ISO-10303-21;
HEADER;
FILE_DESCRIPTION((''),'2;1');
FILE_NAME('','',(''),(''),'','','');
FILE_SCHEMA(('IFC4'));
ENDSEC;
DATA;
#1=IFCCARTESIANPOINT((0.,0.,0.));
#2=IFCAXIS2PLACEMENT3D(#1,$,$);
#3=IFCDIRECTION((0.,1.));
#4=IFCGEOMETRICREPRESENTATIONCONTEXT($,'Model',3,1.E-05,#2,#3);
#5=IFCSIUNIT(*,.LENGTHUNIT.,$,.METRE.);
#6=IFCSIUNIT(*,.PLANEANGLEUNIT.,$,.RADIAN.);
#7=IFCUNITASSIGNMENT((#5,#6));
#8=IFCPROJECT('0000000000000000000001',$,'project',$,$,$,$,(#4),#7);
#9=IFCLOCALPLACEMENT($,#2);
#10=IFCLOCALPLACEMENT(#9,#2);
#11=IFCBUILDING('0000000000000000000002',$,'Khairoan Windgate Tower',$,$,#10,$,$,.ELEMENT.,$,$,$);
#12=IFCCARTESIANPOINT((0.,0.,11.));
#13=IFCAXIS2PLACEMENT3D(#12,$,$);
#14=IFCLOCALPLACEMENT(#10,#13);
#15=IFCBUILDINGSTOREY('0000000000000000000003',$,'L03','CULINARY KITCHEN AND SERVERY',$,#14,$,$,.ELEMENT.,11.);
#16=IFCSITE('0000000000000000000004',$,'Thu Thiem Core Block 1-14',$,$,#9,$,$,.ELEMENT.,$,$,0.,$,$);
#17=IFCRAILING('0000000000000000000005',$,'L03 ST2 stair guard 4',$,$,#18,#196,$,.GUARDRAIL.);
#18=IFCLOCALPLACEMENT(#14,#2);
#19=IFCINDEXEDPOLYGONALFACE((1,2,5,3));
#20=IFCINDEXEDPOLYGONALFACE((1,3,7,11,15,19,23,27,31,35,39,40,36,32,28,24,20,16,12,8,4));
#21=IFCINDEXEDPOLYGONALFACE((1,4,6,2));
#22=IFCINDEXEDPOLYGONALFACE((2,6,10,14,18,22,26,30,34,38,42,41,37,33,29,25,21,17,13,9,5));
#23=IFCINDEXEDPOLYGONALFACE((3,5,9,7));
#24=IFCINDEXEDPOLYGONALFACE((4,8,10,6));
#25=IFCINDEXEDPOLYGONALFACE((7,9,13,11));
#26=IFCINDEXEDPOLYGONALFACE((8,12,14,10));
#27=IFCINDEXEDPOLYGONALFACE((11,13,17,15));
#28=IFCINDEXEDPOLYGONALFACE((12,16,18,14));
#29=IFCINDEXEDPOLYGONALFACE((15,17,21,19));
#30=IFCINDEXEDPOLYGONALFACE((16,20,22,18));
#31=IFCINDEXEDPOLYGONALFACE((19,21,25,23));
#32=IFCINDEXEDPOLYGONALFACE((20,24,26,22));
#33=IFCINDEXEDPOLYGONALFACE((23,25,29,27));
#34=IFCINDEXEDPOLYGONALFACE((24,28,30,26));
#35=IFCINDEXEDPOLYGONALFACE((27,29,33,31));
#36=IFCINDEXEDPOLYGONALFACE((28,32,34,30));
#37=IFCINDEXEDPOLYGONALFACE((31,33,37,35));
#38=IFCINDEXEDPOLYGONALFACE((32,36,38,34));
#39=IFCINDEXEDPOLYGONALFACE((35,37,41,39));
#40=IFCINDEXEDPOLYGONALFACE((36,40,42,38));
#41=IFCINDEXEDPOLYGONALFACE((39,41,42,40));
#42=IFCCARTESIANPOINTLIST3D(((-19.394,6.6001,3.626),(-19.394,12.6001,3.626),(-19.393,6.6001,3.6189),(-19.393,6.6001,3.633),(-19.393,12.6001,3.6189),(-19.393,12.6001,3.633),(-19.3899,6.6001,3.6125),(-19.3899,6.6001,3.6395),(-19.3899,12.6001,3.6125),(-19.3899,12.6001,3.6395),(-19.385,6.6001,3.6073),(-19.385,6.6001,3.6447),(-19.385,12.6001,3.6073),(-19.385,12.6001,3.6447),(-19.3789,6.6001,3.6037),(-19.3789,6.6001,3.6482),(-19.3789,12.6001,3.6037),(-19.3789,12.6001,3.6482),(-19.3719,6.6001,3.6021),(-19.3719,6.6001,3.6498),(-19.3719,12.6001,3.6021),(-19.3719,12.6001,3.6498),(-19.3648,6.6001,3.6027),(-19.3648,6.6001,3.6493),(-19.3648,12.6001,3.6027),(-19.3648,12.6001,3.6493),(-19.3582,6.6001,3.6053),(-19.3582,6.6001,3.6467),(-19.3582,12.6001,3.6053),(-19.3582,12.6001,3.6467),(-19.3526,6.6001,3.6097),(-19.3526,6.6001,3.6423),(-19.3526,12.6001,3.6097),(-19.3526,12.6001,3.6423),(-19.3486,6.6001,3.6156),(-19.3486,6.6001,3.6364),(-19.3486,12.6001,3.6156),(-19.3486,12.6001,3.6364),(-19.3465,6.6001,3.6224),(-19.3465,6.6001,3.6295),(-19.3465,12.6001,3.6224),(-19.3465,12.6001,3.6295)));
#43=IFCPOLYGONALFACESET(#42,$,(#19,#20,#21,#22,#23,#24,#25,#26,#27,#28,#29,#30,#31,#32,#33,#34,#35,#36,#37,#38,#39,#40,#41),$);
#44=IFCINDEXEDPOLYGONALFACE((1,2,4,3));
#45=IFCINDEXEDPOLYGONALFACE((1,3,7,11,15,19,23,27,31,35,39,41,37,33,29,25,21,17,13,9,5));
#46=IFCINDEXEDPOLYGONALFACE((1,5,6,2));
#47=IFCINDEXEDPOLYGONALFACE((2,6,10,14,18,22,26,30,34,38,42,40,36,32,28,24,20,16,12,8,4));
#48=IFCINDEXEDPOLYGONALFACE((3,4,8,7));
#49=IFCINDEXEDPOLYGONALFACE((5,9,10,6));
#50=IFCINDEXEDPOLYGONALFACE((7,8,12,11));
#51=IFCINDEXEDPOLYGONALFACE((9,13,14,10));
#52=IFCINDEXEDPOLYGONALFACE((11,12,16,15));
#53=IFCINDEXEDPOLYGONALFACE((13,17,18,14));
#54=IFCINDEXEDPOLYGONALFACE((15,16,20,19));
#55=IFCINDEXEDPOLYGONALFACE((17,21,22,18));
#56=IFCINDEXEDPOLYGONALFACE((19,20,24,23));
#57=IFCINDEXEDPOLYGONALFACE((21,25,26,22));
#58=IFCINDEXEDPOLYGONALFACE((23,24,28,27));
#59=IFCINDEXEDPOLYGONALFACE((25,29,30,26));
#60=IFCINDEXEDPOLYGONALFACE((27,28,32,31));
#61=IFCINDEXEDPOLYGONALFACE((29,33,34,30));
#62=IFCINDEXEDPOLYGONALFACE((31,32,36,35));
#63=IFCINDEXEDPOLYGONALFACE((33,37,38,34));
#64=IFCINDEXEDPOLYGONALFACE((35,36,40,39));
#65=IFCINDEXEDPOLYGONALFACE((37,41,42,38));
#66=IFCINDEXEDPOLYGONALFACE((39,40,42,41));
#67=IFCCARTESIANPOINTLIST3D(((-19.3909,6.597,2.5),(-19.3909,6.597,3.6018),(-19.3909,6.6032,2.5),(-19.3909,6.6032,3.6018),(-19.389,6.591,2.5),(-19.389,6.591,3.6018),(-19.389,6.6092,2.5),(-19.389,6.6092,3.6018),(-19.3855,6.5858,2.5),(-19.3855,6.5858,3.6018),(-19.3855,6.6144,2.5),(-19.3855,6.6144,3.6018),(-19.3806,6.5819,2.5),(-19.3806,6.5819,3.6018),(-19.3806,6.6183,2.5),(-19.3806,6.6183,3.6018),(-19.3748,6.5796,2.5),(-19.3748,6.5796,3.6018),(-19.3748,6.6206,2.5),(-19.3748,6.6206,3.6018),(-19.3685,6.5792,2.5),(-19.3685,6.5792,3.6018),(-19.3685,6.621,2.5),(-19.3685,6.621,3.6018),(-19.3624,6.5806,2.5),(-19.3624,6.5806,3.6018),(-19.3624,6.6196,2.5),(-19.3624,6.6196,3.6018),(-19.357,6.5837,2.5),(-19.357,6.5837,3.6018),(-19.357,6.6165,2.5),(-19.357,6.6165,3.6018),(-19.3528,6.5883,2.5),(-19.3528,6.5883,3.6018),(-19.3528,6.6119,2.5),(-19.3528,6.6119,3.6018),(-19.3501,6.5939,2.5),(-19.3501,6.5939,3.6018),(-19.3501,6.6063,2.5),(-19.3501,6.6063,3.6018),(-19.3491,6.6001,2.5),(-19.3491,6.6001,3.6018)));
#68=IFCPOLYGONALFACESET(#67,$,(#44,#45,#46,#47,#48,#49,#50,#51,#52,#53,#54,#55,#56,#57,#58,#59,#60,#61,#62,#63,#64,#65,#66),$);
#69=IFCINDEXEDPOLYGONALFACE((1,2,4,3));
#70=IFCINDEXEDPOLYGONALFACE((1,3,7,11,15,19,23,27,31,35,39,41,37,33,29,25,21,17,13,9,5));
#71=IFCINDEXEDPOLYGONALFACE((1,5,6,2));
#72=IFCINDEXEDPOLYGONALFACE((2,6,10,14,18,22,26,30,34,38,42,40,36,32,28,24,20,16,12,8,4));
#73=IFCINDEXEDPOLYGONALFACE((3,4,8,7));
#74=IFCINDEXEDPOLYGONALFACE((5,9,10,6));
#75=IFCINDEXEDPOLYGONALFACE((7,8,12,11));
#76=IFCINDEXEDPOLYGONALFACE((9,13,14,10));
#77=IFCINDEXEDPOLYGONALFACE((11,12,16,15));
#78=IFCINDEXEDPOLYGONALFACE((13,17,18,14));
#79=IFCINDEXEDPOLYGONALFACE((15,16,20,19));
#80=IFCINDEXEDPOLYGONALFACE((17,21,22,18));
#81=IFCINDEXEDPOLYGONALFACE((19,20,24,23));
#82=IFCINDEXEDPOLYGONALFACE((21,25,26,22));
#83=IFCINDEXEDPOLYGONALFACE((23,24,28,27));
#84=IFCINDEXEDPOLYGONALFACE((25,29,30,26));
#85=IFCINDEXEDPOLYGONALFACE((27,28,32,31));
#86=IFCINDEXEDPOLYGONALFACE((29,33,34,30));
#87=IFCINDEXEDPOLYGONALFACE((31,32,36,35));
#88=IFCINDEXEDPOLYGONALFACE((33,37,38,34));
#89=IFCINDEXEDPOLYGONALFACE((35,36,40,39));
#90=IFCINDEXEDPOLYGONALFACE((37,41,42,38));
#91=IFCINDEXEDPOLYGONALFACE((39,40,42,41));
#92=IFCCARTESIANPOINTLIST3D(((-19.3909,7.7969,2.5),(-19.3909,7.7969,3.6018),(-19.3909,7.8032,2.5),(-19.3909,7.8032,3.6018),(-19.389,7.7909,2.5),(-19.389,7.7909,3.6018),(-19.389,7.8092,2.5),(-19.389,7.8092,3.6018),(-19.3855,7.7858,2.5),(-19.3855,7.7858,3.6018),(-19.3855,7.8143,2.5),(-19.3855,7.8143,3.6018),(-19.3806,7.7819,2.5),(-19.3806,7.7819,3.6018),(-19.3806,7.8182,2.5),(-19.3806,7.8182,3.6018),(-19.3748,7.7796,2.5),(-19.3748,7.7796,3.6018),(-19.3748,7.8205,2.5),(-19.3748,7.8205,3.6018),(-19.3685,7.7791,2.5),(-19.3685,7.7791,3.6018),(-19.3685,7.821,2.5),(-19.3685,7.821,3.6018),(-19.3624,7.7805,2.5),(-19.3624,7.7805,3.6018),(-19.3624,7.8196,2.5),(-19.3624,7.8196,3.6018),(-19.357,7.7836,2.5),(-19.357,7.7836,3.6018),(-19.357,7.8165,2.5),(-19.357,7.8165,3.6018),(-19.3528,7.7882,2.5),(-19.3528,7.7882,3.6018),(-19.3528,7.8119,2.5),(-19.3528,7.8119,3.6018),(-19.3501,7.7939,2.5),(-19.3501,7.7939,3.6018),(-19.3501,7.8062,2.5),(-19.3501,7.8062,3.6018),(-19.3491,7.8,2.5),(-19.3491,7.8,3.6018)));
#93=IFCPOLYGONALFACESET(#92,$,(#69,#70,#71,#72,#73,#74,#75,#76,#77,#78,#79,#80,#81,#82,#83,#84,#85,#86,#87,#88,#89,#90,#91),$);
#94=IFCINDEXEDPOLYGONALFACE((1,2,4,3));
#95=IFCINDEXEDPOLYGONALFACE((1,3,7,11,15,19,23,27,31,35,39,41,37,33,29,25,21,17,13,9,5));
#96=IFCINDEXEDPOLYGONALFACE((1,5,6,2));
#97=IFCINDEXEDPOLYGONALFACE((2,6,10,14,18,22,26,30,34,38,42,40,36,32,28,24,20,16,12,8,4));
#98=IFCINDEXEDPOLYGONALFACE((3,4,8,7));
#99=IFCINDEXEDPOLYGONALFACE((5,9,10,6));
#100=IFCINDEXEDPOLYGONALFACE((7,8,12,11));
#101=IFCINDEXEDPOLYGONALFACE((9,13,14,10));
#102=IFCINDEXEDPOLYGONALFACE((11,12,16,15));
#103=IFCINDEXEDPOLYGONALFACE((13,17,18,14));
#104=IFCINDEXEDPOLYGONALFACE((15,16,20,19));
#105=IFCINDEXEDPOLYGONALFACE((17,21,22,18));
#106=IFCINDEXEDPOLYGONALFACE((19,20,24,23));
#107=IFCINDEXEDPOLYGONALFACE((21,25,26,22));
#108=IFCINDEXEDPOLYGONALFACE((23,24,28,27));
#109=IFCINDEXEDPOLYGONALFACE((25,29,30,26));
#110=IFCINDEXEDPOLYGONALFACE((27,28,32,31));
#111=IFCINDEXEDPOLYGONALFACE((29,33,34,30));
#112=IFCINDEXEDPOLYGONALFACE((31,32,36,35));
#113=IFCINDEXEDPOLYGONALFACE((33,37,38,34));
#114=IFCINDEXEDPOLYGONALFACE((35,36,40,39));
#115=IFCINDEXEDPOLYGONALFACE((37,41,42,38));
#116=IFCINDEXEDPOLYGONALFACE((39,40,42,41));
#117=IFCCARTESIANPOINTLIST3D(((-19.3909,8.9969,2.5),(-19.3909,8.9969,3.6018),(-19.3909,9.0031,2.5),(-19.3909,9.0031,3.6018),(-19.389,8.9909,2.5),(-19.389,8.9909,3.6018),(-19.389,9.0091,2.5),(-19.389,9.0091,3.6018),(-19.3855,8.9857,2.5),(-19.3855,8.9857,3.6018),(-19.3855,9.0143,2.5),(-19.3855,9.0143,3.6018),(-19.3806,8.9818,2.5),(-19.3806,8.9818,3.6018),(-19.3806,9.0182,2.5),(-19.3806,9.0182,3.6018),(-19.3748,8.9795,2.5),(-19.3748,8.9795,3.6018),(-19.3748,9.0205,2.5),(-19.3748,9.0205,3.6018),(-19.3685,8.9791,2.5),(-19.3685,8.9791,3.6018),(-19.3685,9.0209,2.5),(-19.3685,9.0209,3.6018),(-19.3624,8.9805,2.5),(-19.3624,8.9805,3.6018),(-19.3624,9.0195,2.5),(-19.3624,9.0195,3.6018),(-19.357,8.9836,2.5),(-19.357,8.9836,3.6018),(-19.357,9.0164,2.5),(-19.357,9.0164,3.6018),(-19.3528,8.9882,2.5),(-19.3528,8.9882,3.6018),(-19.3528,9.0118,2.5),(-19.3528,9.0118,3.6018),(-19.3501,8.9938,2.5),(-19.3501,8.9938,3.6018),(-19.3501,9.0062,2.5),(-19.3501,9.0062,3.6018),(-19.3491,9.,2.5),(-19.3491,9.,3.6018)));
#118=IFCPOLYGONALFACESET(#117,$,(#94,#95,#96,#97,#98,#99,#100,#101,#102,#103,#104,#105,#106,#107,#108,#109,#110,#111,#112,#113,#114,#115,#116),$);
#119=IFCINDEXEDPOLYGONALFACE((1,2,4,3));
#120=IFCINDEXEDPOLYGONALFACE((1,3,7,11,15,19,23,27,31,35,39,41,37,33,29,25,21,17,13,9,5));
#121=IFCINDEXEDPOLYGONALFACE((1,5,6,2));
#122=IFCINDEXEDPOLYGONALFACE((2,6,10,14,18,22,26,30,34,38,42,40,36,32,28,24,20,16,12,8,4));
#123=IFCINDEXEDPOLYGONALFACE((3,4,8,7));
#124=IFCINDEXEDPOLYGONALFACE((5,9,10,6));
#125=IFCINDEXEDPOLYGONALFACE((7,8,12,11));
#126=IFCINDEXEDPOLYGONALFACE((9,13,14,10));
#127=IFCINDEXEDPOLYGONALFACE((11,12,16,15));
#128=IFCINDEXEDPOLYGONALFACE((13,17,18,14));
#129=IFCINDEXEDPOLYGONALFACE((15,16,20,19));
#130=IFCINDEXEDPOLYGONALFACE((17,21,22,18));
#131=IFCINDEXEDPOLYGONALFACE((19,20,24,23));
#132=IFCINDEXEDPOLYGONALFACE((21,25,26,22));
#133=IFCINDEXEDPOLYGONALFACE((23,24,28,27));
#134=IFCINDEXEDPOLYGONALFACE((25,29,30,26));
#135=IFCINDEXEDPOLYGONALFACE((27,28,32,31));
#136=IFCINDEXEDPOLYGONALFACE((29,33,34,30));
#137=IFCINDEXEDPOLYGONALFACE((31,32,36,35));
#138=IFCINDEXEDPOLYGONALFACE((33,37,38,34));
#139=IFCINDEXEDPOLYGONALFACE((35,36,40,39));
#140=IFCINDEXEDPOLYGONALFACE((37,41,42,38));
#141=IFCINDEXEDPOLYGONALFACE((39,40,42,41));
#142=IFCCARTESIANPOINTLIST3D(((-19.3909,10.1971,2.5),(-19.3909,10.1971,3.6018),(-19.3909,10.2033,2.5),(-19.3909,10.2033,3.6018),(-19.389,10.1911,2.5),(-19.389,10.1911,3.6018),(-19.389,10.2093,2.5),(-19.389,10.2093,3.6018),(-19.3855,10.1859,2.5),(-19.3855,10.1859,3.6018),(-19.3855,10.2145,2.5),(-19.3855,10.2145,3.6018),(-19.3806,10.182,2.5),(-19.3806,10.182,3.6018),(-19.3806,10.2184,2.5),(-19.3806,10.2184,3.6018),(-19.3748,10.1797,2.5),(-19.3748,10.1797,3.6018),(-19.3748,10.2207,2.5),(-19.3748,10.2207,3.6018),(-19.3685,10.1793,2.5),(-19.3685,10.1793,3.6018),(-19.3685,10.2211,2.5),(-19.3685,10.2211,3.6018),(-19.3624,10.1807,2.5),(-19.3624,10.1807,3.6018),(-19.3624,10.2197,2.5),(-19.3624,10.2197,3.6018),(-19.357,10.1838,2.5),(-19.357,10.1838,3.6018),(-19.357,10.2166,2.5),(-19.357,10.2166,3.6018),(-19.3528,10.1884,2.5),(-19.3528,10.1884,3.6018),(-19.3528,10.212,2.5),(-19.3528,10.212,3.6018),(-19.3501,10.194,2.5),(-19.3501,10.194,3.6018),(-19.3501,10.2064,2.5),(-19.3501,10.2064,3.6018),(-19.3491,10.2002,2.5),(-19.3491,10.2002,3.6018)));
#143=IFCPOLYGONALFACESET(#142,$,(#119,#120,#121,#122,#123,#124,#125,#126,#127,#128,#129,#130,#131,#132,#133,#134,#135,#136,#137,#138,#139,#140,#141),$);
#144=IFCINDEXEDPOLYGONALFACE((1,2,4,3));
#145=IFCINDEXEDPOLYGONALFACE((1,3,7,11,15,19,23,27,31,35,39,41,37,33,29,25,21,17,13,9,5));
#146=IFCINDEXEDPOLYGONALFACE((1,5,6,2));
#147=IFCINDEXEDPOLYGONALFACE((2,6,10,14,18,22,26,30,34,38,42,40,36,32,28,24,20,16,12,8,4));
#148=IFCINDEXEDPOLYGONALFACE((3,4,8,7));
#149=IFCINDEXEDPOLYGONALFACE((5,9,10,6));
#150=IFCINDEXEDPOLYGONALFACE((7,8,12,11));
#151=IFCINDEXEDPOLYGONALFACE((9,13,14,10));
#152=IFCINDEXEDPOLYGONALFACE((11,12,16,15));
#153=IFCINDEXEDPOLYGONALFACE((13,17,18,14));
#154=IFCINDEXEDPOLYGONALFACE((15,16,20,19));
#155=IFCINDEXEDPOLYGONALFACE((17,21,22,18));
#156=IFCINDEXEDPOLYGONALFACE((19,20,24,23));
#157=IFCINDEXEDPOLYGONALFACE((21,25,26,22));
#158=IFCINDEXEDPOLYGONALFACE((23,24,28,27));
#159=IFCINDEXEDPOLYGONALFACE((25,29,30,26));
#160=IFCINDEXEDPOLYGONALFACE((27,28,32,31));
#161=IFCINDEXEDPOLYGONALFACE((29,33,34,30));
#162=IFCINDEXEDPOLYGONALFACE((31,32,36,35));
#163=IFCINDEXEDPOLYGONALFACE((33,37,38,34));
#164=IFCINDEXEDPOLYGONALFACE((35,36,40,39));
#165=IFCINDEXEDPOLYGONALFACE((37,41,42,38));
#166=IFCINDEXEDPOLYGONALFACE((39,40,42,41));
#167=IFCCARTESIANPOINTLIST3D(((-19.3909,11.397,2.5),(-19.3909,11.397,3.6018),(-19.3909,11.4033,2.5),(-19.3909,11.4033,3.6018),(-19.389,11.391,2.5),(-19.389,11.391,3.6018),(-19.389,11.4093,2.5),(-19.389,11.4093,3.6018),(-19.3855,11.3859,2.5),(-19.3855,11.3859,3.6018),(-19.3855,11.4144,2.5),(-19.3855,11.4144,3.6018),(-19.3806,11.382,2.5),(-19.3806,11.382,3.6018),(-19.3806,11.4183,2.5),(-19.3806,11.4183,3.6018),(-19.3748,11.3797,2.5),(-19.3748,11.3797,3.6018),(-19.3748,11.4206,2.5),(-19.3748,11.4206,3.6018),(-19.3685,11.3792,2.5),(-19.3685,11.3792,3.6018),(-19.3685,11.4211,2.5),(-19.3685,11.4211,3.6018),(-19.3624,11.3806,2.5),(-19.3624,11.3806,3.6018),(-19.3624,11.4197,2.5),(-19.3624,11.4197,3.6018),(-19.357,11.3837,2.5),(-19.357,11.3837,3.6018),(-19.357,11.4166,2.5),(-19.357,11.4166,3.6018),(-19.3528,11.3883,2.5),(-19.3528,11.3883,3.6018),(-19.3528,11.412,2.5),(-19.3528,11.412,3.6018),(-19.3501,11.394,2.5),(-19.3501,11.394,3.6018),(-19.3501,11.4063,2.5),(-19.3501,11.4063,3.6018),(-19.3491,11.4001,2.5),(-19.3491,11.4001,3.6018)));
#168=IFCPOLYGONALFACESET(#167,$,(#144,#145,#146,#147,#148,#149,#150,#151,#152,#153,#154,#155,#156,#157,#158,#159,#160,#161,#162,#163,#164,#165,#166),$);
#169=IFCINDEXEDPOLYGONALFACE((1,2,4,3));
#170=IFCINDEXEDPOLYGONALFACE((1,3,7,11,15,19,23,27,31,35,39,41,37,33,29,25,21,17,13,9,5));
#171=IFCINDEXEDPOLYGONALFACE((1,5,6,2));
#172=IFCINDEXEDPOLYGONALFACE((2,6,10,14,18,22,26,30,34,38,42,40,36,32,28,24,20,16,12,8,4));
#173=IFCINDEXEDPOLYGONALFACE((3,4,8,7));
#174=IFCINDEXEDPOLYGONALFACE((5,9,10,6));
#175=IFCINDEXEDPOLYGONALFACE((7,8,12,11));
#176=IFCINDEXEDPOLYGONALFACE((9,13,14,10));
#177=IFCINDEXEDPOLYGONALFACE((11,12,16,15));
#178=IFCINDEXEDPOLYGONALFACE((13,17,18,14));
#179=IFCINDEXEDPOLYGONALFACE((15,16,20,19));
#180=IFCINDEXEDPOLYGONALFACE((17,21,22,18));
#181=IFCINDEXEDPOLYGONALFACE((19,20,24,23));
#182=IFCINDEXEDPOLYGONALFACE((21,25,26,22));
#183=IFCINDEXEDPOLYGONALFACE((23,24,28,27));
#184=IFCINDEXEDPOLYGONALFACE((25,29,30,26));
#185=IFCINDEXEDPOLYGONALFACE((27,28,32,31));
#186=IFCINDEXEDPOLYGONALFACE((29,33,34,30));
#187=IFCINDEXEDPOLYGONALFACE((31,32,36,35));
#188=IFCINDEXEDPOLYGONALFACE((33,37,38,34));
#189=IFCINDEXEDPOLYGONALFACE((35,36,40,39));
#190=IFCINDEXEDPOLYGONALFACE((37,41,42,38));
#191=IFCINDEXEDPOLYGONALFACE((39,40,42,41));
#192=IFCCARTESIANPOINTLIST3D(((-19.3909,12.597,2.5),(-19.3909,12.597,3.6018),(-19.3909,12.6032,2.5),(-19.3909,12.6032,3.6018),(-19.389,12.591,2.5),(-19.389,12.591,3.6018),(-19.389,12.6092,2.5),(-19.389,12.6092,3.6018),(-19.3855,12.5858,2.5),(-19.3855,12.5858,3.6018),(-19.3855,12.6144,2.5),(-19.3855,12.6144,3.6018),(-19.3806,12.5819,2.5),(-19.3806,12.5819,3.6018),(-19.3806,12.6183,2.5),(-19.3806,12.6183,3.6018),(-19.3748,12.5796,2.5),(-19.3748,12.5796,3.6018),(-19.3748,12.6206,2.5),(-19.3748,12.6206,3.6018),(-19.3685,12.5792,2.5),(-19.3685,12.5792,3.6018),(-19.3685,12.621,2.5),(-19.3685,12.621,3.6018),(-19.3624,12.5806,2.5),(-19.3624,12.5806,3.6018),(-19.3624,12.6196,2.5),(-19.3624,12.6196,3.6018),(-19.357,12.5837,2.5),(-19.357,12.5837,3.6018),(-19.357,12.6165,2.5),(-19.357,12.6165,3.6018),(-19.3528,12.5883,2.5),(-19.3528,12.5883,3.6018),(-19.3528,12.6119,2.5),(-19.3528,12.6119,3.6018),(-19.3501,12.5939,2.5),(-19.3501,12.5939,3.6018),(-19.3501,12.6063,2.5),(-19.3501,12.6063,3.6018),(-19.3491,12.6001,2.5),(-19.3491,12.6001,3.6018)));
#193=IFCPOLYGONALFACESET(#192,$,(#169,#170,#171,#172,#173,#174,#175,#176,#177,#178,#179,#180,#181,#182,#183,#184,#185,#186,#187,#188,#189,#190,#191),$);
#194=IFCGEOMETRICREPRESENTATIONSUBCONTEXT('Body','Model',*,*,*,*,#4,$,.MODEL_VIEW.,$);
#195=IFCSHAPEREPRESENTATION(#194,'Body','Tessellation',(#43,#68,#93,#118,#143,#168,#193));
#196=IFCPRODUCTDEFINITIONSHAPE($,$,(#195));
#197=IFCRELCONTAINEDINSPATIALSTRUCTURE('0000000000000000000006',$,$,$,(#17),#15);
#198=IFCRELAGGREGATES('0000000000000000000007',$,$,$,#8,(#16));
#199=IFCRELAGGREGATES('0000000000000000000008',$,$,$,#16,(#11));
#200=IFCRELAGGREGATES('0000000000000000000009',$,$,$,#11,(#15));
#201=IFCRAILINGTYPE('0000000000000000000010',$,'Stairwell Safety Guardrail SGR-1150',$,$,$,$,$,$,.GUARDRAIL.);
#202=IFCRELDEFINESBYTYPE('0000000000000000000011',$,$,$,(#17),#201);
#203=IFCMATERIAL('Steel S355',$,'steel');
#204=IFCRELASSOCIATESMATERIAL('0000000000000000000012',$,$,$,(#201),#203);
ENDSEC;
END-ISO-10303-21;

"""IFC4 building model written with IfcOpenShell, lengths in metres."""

from ifc_helpers import new_model, si_unit, direction, frame, origin, origin_2d, place, context, subcontext, project, spatial, circle, extrude, material, type_object, element, save


model = new_model("IFC4")

# Units and contexts
model_context = context("Model", 3, precision=1e-05, world=origin(), true_north=direction((0.0, 1.0)))
body_context = subcontext(model_context, "Body", "Model", "MODEL_VIEW")
ifc_project = project(units=[si_unit("LENGTHUNIT", "METRE"), si_unit("PLANEANGLEUNIT", "RADIAN")], contexts=[model_context])

# Site, building, storey
site_placement = place(None, origin())
site = spatial("IfcSite", under=ifc_project, at=site_placement, Name="Thu Thiem Core Block 1-14", CompositionType="ELEMENT", RefElevation=0.0)
building_placement = place(site_placement, origin())
building = spatial("IfcBuilding", under=site, at=building_placement, Name="Khairoan Windgate Tower", CompositionType="ELEMENT")
storey_placement = place(building_placement, frame((0.0, 0.0, 11.0)))
storey = spatial("IfcBuildingStorey", under=building, at=storey_placement, Name="L03", Description="CULINARY KITCHEN AND SERVERY", CompositionType="ELEMENT", Elevation=11.0)

# Railing
ifc_material_1 = material(Name="Steel S355", Category="steel")
railing_type_1 = type_object("IfcRailingType", Name="Stairwell Safety Guardrail SGR-1150", PredefinedType="GUARDRAIL", material=ifc_material_1)
for number, where, name in (
    (1, (-19.3701, 6.6001, 2.5), "L03 ST2 stair guard 4"),
):
    element("IfcRailing", number, at=place(storey_placement, frame(where)), inside=storey, type_object=railing_type_1, Name=name, PredefinedType="GUARDRAIL", context=body_context, shape_type="SweptSolid", body=[
        extrude(circle(Radius=0.0239, at=origin_2d()), frame((0.0, 0.0, 1.126), z_axis=(0.0, 1.0, 0.0), x_axis=(-1.0, 0.0, 0.0)), (0.0, 0.0, 1.0), 6.0),
        extrude(circle(Radius=0.021, at=origin_2d()), origin(), (0.0, 0.0, 1.0), 1.1018),
        extrude(circle(Radius=0.021, at=origin_2d()), frame((0.0, 1.2, 0.0)), (0.0, 0.0, 1.0), 1.1018),
        extrude(circle(Radius=0.021, at=origin_2d()), frame((0.0, 2.3999, 0.0)), (0.0, 0.0, 1.0), 1.1018),
        extrude(circle(Radius=0.021, at=origin_2d()), frame((0.0, 3.6001, 0.0)), (0.0, 0.0, 1.0), 1.1018),
        extrude(circle(Radius=0.021, at=origin_2d()), frame((0.0, 4.8, 0.0)), (0.0, 0.0, 1.0), 1.1018),
        extrude(circle(Radius=0.021, at=origin_2d()), frame((0.0, 6.0, 0.0)), (0.0, 0.0, 1.0), 1.1018),
    ])

save(model, "model.ifc")
